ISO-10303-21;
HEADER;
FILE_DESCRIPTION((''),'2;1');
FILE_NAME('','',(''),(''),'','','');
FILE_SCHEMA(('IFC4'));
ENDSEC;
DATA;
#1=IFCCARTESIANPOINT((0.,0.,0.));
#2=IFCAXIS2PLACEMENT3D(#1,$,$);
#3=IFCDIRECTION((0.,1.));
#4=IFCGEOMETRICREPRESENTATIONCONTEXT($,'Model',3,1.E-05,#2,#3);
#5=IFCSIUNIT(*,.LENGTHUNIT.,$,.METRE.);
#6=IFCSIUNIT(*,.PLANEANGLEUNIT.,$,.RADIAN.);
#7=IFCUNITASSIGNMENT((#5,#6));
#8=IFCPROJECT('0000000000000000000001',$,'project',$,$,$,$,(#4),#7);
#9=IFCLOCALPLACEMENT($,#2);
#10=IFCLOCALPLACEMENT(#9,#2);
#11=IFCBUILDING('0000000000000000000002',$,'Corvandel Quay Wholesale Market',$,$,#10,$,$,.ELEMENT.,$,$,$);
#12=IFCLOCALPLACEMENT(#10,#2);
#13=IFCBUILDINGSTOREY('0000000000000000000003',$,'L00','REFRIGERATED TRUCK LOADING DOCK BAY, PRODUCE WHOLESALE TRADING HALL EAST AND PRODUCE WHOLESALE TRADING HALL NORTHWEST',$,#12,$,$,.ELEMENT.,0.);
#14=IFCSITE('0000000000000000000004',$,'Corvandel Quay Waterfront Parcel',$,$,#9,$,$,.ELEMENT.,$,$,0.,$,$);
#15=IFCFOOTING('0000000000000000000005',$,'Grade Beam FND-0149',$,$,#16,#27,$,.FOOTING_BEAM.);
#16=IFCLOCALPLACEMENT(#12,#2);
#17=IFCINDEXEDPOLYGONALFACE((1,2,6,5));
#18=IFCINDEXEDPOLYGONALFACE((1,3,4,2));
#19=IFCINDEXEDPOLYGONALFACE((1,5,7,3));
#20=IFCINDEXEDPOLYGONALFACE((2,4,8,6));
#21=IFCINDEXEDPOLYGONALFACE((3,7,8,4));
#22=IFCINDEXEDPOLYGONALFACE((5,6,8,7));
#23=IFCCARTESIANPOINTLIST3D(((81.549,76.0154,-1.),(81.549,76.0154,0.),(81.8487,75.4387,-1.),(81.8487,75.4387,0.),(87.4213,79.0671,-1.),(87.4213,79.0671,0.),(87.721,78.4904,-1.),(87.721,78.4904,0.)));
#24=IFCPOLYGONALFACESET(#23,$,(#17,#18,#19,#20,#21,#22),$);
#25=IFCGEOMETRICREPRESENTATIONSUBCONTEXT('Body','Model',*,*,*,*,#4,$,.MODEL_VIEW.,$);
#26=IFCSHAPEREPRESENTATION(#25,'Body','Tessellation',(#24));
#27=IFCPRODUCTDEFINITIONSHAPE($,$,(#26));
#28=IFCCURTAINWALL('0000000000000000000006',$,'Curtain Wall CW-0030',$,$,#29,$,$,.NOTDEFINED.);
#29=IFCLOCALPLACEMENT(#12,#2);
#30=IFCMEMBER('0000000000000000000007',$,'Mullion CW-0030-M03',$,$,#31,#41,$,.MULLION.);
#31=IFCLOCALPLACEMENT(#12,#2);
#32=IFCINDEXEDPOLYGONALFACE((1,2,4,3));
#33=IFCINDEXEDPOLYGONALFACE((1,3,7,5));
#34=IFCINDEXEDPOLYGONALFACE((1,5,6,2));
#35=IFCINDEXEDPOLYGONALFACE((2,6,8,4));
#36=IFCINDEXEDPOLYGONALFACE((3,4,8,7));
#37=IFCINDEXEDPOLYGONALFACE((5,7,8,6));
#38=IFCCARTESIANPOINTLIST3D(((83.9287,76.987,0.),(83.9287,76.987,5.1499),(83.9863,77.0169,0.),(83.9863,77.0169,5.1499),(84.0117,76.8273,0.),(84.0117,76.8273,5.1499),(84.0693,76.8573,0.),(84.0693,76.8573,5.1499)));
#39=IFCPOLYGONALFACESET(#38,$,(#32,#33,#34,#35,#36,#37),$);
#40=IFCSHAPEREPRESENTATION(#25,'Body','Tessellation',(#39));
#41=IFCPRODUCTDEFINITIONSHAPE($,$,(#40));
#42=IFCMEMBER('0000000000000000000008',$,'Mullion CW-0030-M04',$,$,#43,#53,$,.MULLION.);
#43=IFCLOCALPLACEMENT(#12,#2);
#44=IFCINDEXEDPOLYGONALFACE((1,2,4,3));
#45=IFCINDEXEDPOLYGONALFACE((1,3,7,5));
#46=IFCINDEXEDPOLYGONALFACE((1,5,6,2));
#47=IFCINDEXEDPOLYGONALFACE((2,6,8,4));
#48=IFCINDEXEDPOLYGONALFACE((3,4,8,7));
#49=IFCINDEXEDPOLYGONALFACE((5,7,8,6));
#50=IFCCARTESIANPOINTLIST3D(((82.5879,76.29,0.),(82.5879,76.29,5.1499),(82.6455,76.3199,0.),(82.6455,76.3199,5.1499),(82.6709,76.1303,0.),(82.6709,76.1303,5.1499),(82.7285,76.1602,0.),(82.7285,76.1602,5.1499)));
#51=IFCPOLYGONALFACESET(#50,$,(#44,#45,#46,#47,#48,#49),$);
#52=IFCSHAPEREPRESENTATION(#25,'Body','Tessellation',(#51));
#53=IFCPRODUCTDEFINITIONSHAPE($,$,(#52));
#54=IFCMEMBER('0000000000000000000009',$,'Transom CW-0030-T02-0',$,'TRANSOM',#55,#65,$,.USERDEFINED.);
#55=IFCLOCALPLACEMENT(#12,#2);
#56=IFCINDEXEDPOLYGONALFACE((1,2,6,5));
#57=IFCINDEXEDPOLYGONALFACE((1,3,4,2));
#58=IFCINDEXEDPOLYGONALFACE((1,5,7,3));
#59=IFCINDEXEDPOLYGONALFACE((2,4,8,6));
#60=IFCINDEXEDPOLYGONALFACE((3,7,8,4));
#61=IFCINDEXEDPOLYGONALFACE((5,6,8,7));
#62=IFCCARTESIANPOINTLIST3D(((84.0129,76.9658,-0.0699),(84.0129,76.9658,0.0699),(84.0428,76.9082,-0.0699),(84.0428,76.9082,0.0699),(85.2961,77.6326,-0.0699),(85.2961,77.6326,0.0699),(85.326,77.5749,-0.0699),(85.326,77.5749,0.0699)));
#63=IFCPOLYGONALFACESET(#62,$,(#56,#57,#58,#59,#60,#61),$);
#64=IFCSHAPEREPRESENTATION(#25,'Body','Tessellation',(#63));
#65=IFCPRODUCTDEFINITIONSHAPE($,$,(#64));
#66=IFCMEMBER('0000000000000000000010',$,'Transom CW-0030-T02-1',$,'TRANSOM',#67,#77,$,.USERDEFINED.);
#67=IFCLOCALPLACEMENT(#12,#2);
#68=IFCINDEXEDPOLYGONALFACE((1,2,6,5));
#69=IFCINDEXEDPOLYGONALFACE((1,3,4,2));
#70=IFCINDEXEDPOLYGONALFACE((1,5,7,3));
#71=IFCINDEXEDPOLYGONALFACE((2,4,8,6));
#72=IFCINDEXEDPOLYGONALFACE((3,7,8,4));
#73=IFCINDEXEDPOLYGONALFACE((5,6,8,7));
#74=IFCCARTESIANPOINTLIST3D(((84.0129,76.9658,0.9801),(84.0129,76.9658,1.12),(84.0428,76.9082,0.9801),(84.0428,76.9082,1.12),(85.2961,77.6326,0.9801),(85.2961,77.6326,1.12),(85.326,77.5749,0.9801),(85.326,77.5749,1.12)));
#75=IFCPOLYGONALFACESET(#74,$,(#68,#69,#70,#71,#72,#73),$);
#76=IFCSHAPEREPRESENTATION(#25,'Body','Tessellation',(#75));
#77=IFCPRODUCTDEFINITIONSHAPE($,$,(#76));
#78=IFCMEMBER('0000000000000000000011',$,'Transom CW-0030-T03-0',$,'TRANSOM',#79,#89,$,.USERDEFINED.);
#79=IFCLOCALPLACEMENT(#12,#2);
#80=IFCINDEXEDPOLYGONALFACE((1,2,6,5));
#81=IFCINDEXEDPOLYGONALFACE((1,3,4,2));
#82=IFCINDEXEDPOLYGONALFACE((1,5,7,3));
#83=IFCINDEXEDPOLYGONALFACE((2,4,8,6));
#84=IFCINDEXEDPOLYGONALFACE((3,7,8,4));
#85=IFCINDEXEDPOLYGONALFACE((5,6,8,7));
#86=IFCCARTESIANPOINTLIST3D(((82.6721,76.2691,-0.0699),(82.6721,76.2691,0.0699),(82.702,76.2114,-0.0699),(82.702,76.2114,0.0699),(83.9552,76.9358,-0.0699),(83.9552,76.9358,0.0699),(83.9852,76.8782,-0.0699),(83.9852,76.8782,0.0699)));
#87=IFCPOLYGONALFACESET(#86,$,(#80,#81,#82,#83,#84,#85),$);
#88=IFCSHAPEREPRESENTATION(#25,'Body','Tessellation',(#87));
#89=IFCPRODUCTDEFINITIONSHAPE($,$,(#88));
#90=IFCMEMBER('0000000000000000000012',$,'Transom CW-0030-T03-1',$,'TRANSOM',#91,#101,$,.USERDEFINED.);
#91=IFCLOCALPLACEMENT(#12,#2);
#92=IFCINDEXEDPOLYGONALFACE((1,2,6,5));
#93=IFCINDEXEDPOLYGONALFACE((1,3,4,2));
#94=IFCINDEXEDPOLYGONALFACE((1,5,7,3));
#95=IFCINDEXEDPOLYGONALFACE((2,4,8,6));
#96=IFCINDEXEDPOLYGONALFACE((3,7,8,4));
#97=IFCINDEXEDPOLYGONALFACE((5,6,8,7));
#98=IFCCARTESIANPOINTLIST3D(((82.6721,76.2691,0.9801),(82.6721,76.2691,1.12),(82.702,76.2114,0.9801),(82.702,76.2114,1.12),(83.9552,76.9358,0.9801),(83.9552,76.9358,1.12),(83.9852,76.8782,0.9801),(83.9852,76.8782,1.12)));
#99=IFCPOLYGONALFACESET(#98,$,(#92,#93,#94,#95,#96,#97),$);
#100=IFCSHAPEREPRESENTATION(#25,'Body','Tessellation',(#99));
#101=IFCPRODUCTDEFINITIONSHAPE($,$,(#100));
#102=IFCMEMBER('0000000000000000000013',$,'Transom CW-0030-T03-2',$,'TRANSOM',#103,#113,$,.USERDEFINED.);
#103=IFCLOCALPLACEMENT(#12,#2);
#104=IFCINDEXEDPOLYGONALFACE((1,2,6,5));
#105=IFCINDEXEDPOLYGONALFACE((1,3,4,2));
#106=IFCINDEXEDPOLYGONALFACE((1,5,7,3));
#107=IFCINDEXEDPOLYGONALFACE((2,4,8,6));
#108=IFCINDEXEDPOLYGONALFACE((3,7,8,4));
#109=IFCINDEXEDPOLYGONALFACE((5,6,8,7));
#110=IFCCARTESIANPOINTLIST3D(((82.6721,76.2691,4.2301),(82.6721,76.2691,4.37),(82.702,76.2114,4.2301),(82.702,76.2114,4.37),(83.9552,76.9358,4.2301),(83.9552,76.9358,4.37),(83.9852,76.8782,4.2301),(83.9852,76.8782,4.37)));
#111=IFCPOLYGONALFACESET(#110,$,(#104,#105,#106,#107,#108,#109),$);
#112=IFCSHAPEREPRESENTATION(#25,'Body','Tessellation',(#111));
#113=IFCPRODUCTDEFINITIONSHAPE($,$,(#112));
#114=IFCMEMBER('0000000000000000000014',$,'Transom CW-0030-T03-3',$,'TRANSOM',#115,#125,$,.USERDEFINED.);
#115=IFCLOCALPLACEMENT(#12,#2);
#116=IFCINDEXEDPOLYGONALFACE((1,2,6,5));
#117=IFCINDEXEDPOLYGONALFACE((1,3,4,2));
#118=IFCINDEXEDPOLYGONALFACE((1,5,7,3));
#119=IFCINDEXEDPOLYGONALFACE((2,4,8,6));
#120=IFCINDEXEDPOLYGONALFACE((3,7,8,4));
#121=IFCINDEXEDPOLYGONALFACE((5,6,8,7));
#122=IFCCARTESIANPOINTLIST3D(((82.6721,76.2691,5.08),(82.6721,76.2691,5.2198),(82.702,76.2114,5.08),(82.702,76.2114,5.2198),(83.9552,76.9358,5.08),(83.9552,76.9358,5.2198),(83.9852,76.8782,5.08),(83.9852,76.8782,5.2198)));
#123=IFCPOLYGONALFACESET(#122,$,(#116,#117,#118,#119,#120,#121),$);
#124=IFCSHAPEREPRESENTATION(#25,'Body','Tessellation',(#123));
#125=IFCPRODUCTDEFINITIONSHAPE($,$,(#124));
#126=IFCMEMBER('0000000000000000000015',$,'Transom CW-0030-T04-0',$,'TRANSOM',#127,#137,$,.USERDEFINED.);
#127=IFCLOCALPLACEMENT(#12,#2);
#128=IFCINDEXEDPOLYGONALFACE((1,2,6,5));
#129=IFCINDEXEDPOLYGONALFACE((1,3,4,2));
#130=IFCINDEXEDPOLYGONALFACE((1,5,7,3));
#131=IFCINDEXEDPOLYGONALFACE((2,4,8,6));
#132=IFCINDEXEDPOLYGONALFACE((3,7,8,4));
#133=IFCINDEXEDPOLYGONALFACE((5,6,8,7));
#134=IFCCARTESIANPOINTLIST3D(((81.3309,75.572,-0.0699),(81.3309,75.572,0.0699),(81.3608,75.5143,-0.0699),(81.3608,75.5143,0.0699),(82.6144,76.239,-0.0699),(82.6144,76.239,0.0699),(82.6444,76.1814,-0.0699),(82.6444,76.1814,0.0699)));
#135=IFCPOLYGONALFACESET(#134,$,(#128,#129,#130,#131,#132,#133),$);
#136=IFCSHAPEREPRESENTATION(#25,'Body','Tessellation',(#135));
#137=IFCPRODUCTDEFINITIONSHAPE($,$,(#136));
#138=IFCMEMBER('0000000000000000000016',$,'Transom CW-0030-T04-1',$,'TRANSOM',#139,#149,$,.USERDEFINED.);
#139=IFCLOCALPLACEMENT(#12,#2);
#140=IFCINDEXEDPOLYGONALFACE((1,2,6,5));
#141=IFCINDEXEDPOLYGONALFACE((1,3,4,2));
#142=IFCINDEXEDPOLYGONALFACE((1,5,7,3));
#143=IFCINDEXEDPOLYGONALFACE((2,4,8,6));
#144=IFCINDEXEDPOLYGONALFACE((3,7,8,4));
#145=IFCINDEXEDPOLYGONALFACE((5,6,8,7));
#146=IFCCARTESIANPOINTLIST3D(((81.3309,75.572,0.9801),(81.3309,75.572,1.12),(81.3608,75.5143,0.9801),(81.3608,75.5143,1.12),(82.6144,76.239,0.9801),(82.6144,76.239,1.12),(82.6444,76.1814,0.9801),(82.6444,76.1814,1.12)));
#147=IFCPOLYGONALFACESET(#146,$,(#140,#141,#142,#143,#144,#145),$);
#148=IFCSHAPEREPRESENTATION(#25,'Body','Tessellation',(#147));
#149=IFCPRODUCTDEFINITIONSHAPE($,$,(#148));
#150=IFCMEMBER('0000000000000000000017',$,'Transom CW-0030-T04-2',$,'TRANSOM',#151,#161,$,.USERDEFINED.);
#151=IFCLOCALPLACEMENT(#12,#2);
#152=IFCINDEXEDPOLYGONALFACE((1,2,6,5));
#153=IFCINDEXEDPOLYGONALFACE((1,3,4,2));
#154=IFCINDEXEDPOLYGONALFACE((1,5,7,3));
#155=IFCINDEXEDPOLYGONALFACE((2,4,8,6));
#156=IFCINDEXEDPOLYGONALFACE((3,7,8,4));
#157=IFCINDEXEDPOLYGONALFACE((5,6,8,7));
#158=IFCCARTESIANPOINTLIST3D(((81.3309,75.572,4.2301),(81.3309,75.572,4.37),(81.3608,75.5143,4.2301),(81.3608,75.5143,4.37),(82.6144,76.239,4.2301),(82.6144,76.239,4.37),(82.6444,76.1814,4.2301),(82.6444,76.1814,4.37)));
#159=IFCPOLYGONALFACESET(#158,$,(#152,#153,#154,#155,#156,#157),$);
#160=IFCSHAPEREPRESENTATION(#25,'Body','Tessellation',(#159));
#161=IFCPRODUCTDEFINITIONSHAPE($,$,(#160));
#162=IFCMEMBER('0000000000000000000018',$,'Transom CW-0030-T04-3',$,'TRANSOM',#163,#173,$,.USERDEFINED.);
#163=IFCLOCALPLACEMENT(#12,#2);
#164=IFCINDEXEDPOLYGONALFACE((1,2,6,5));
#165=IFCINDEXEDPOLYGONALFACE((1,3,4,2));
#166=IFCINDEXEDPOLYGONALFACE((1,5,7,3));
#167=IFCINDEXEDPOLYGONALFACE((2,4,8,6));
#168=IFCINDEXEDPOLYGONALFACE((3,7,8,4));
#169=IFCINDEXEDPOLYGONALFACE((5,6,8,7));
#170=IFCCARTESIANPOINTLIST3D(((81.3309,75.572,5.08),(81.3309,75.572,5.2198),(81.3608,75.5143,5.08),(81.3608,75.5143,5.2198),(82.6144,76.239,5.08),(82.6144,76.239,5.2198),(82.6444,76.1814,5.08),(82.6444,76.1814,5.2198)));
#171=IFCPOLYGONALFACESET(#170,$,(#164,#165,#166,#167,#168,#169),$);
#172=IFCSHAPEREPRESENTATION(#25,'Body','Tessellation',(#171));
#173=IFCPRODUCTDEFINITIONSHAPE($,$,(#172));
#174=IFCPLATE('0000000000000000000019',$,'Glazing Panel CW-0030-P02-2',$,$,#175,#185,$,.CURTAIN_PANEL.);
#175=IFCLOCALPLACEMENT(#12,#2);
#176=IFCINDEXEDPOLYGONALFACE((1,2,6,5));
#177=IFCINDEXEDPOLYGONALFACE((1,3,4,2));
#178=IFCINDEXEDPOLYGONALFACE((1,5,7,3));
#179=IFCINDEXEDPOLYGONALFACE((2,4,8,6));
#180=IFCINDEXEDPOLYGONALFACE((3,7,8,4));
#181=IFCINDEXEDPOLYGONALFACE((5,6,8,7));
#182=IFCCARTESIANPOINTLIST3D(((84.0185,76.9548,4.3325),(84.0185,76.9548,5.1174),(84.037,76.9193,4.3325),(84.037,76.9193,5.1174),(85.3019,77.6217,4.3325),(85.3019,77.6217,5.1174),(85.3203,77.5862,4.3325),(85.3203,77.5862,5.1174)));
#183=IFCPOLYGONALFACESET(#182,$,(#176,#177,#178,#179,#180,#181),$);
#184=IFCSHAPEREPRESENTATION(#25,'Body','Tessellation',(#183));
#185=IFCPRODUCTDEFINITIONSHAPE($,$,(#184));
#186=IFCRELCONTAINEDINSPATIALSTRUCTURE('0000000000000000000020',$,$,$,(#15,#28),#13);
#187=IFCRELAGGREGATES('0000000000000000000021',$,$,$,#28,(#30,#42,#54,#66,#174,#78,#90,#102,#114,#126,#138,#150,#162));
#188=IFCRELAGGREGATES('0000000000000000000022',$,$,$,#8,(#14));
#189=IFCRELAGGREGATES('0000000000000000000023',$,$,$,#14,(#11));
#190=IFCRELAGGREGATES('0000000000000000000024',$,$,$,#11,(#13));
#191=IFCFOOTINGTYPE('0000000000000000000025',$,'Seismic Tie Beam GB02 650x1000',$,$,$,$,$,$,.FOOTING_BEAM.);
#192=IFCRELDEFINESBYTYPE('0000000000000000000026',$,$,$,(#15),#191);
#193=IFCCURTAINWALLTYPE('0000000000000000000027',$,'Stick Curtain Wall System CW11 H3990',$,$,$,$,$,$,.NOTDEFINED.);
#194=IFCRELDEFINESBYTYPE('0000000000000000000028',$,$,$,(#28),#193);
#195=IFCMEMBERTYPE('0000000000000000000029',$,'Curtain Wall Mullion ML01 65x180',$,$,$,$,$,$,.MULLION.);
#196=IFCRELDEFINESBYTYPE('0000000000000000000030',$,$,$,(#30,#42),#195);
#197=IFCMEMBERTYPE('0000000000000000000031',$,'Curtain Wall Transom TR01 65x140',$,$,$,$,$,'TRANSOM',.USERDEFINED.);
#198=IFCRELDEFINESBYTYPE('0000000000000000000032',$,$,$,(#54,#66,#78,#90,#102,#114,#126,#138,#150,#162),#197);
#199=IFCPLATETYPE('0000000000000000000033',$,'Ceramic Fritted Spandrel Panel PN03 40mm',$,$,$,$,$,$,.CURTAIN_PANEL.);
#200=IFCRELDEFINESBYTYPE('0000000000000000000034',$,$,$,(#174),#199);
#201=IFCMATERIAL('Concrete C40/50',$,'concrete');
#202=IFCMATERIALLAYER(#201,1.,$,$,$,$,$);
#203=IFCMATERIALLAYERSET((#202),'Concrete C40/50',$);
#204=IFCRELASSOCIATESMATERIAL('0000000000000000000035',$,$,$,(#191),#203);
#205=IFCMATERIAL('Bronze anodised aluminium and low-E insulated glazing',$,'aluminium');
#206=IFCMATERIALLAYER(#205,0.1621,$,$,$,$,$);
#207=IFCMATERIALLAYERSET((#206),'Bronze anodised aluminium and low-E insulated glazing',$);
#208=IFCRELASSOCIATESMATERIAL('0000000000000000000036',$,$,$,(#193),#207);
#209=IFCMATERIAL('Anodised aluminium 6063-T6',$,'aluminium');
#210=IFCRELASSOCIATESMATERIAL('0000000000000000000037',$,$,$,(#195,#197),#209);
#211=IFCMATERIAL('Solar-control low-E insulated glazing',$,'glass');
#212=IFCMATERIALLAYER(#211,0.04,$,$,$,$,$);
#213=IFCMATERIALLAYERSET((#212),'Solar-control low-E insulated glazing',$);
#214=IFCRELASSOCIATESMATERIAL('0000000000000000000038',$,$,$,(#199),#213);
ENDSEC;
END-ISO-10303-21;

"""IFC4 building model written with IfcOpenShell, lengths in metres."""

from ifc_helpers import new_model, si_unit, direction, frame, origin, origin_2d, place, context, subcontext, project, spatial, rectangle, extrude, material, layer, layer_set, material_profile, profile_set, type_object, element, aggregate, save


model = new_model("IFC4")

# Units and contexts
model_context = context("Model", 3, precision=1e-05, world=origin(), true_north=direction((0.0, 1.0)))
body_context = subcontext(model_context, "Body", "Model", "MODEL_VIEW")
ifc_project = project(units=[si_unit("LENGTHUNIT", "METRE"), si_unit("PLANEANGLEUNIT", "RADIAN")], contexts=[model_context])

# Site, building, storey
site_placement = place(None, origin())
site = spatial("IfcSite", under=ifc_project, at=site_placement, Name="Corvandel Quay Waterfront Parcel", CompositionType="ELEMENT", RefElevation=0.0)
building_placement = place(site_placement, origin())
building = spatial("IfcBuilding", under=site, at=building_placement, Name="Corvandel Quay Wholesale Market", CompositionType="ELEMENT")
storey_placement = place(building_placement, origin())
storey = spatial("IfcBuildingStorey", under=building, at=storey_placement, Name="L00", Description="REFRIGERATED TRUCK LOADING DOCK BAY, PRODUCE WHOLESALE TRADING HALL EAST AND PRODUCE WHOLESALE TRADING HALL NORTHWEST", CompositionType="ELEMENT", Elevation=0.0)

# Footing
ifc_material_1 = material(Name="Concrete C40/50", Category="concrete")
ifc_layer_1 = layer(ifc_material_1, 1.0)
ifc_layer_set_1 = layer_set([ifc_layer_1], Name="Concrete C40/50")
footing_type = type_object("IfcFootingType", Name="Seismic Tie Beam GB02 650x1000", PredefinedType="FOOTING_BEAM", material=ifc_layer_set_1)
footing_placement = place(storey_placement, frame((84.635, 77.2529, -1.0), z_axis=(0.0, 0.0, 1.0), x_axis=(0.887333, 0.461129, 0.0)))
element("IfcFooting", 1, at=footing_placement, inside=storey, type_object=footing_type, Name="Grade Beam FND-0149", PredefinedType="FOOTING_BEAM", context=body_context, shape_type="SweptSolid", body=[
    extrude(rectangle(XDim=6.6179, YDim=0.6499, at=origin_2d()), origin(), (0.0, 0.0, 1.0), 1.0),
])

# Curtain wall, members, plate
ifc_material_2 = material(Name="Bronze anodised aluminium and low-E insulated glazing", Category="aluminium")
ifc_layer_2 = layer(ifc_material_2, 0.1621)
ifc_layer_set_2 = layer_set([ifc_layer_2], Name="Bronze anodised aluminium and low-E insulated glazing")
curtain_wall_type = type_object("IfcCurtainWallType", Name="Stick Curtain Wall System CW11 H3990", PredefinedType="NOTDEFINED", material=ifc_layer_set_2)
curtain_wall_placement = place(storey_placement, origin())
curtain_wall = element("IfcCurtainWall", 2, at=curtain_wall_placement, inside=storey, type_object=curtain_wall_type, Name="Curtain Wall CW-0030", PredefinedType="NOTDEFINED")
ifc_material_3 = material(Name="Anodised aluminium 6063-T6", Category="aluminium")
ifc_material_profile_1 = material_profile(ifc_material_3, rectangle(XDim=0.0649, YDim=0.1799, at=origin_2d()), Name="ALU-MUL-65x180")
ifc_profile_set_1 = profile_set([ifc_material_profile_1], Name="Anodised aluminium 6063-T6")
member_type_1 = type_object("IfcMemberType", Name="Curtain Wall Mullion ML01 65x180", PredefinedType="MULLION", material=ifc_profile_set_1)
member_1_placement = place(storey_placement, frame((83.999, 76.9221, 0.0), z_axis=(0.0, 0.0, 1.0), x_axis=(0.887333, 0.461129, 0.0)))
member_1 = element("IfcMember", 3, at=member_1_placement, type_object=member_type_1, Name="Mullion CW-0030-M03", PredefinedType="MULLION", context=body_context, shape_type="SweptSolid", body=[
    extrude(rectangle(XDim=0.0649, YDim=0.1799, at=origin_2d()), origin(), (0.0, 0.0, 1.0), 5.1499),
])
member_2_placement = place(storey_placement, frame((82.6582, 76.2251, 0.0), z_axis=(0.0, 0.0, 1.0), x_axis=(0.887333, 0.461129, 0.0)))
member_2 = element("IfcMember", 4, at=member_2_placement, type_object=member_type_1, Name="Mullion CW-0030-M04", PredefinedType="MULLION", context=body_context, shape_type="SweptSolid", body=[
    extrude(rectangle(XDim=0.0649, YDim=0.1799, at=origin_2d()), origin(), (0.0, 0.0, 1.0), 5.1499),
])
ifc_material_profile_2 = material_profile(ifc_material_3, rectangle(XDim=0.0649, YDim=0.1399, at=origin_2d()), Name="ALU-TRN-65x140")
ifc_profile_set_2 = profile_set([ifc_material_profile_2], Name="Anodised aluminium 6063-T6")
member_type_2 = type_object("IfcMemberType", Name="Curtain Wall Transom TR01 65x140", ElementType="TRANSOM", PredefinedType="USERDEFINED", material=ifc_profile_set_2)
member_3_placement = place(storey_placement, frame((85.311, 77.6038, 0.0), z_axis=(-0.887363, -0.461071, 0.0), x_axis=(0.461071, -0.887363, 0.0)))
member_3 = element("IfcMember", 5, at=member_3_placement, type_object=member_type_2, Name="Transom CW-0030-T02-0", ObjectType="TRANSOM", PredefinedType="USERDEFINED", context=body_context, shape_type="SweptSolid", body=[
    extrude(rectangle(XDim=0.0649, YDim=0.1399, at=origin_2d()), origin(), (0.0, 0.0, 1.0), 1.446),
])
member_4_placement = place(storey_placement, frame((85.311, 77.6038, 1.05), z_axis=(-0.887363, -0.461071, 0.0), x_axis=(0.461071, -0.887363, 0.0)))
member_4 = element("IfcMember", 6, at=member_4_placement, type_object=member_type_2, Name="Transom CW-0030-T02-1", ObjectType="TRANSOM", PredefinedType="USERDEFINED", context=body_context, shape_type="SweptSolid", body=[
    extrude(rectangle(XDim=0.0649, YDim=0.1399, at=origin_2d()), origin(), (0.0, 0.0, 1.0), 1.446),
])
member_5_placement = place(storey_placement, frame((83.9702, 76.907, 0.0), z_axis=(-0.887363, -0.461071, 0.0), x_axis=(0.461071, -0.887363, 0.0)))
member_5 = element("IfcMember", 7, at=member_5_placement, type_object=member_type_2, Name="Transom CW-0030-T03-0", ObjectType="TRANSOM", PredefinedType="USERDEFINED", context=body_context, shape_type="SweptSolid", body=[
    extrude(rectangle(XDim=0.0649, YDim=0.1399, at=origin_2d()), origin(), (0.0, 0.0, 1.0), 1.446),
])
member_6_placement = place(storey_placement, frame((83.9702, 76.907, 1.05), z_axis=(-0.887363, -0.461071, 0.0), x_axis=(0.461071, -0.887363, 0.0)))
member_6 = element("IfcMember", 8, at=member_6_placement, type_object=member_type_2, Name="Transom CW-0030-T03-1", ObjectType="TRANSOM", PredefinedType="USERDEFINED", context=body_context, shape_type="SweptSolid", body=[
    extrude(rectangle(XDim=0.0649, YDim=0.1399, at=origin_2d()), origin(), (0.0, 0.0, 1.0), 1.446),
])
member_7_placement = place(storey_placement, frame((83.9702, 76.907, 4.3), z_axis=(-0.887363, -0.461071, 0.0), x_axis=(0.461071, -0.887363, 0.0)))
member_7 = element("IfcMember", 9, at=member_7_placement, type_object=member_type_2, Name="Transom CW-0030-T03-2", ObjectType="TRANSOM", PredefinedType="USERDEFINED", context=body_context, shape_type="SweptSolid", body=[
    extrude(rectangle(XDim=0.0649, YDim=0.1399, at=origin_2d()), origin(), (0.0, 0.0, 1.0), 1.446),
])
member_8_placement = place(storey_placement, frame((83.9702, 76.907, 5.1499), z_axis=(-0.887363, -0.461071, 0.0), x_axis=(0.461071, -0.887363, 0.0)))
member_8 = element("IfcMember", 10, at=member_8_placement, type_object=member_type_2, Name="Transom CW-0030-T03-3", ObjectType="TRANSOM", PredefinedType="USERDEFINED", context=body_context, shape_type="SweptSolid", body=[
    extrude(rectangle(XDim=0.0649, YDim=0.1399, at=origin_2d()), origin(), (0.0, 0.0, 1.0), 1.446),
])
member_9_placement = place(storey_placement, frame((82.6294, 76.2102, 0.0), z_axis=(-0.88733, -0.461135, 0.0), x_axis=(0.461135, -0.88733, 0.0)))
member_9 = element("IfcMember", 11, at=member_9_placement, type_object=member_type_2, Name="Transom CW-0030-T04-0", ObjectType="TRANSOM", PredefinedType="USERDEFINED", context=body_context, shape_type="SweptSolid", body=[
    extrude(rectangle(XDim=0.0649, YDim=0.1399, at=origin_2d()), origin(), (0.0, 0.0, 1.0), 1.4465),
])
member_10_placement = place(storey_placement, frame((82.6294, 76.2102, 1.05), z_axis=(-0.88733, -0.461135, 0.0), x_axis=(0.461135, -0.88733, 0.0)))
member_10 = element("IfcMember", 12, at=member_10_placement, type_object=member_type_2, Name="Transom CW-0030-T04-1", ObjectType="TRANSOM", PredefinedType="USERDEFINED", context=body_context, shape_type="SweptSolid", body=[
    extrude(rectangle(XDim=0.0649, YDim=0.1399, at=origin_2d()), origin(), (0.0, 0.0, 1.0), 1.4465),
])
member_11_placement = place(storey_placement, frame((82.6294, 76.2102, 4.3), z_axis=(-0.88733, -0.461135, 0.0), x_axis=(0.461135, -0.88733, 0.0)))
member_11 = element("IfcMember", 13, at=member_11_placement, type_object=member_type_2, Name="Transom CW-0030-T04-2", ObjectType="TRANSOM", PredefinedType="USERDEFINED", context=body_context, shape_type="SweptSolid", body=[
    extrude(rectangle(XDim=0.0649, YDim=0.1399, at=origin_2d()), origin(), (0.0, 0.0, 1.0), 1.4465),
])
member_12_placement = place(storey_placement, frame((82.6294, 76.2102, 5.1499), z_axis=(-0.88733, -0.461135, 0.0), x_axis=(0.461135, -0.88733, 0.0)))
member_12 = element("IfcMember", 14, at=member_12_placement, type_object=member_type_2, Name="Transom CW-0030-T04-3", ObjectType="TRANSOM", PredefinedType="USERDEFINED", context=body_context, shape_type="SweptSolid", body=[
    extrude(rectangle(XDim=0.0649, YDim=0.1399, at=origin_2d()), origin(), (0.0, 0.0, 1.0), 1.4465),
])
ifc_material_4 = material(Name="Solar-control low-E insulated glazing", Category="glass")
ifc_layer_3 = layer(ifc_material_4, 0.04)
ifc_layer_set_3 = layer_set([ifc_layer_3], Name="Solar-control low-E insulated glazing")
plate_type_1 = type_object("IfcPlateType", Name="Ceramic Fritted Spandrel Panel PN03 40mm", PredefinedType="CURTAIN_PANEL", material=ifc_layer_set_3)
plate_1_placement = place(storey_placement, frame((84.6694, 77.2705, 4.3325), z_axis=(0.0, 0.0, 1.0), x_axis=(0.887333, 0.461129, 0.0)))
plate_1 = element("IfcPlate", 15, at=plate_1_placement, type_object=plate_type_1, Name="Glazing Panel CW-0030-P02-2", PredefinedType="CURTAIN_PANEL", context=body_context, shape_type="SweptSolid", body=[
    extrude(rectangle(XDim=1.4463, YDim=0.04, at=origin_2d()), origin(), (0.0, 0.0, 1.0), 0.7849),
])
aggregate(curtain_wall, [member_1, member_2, member_3, member_4, plate_1, member_5, member_6, member_7, member_8, member_9, member_10, member_11, member_12])

save(model, "model.ifc")
